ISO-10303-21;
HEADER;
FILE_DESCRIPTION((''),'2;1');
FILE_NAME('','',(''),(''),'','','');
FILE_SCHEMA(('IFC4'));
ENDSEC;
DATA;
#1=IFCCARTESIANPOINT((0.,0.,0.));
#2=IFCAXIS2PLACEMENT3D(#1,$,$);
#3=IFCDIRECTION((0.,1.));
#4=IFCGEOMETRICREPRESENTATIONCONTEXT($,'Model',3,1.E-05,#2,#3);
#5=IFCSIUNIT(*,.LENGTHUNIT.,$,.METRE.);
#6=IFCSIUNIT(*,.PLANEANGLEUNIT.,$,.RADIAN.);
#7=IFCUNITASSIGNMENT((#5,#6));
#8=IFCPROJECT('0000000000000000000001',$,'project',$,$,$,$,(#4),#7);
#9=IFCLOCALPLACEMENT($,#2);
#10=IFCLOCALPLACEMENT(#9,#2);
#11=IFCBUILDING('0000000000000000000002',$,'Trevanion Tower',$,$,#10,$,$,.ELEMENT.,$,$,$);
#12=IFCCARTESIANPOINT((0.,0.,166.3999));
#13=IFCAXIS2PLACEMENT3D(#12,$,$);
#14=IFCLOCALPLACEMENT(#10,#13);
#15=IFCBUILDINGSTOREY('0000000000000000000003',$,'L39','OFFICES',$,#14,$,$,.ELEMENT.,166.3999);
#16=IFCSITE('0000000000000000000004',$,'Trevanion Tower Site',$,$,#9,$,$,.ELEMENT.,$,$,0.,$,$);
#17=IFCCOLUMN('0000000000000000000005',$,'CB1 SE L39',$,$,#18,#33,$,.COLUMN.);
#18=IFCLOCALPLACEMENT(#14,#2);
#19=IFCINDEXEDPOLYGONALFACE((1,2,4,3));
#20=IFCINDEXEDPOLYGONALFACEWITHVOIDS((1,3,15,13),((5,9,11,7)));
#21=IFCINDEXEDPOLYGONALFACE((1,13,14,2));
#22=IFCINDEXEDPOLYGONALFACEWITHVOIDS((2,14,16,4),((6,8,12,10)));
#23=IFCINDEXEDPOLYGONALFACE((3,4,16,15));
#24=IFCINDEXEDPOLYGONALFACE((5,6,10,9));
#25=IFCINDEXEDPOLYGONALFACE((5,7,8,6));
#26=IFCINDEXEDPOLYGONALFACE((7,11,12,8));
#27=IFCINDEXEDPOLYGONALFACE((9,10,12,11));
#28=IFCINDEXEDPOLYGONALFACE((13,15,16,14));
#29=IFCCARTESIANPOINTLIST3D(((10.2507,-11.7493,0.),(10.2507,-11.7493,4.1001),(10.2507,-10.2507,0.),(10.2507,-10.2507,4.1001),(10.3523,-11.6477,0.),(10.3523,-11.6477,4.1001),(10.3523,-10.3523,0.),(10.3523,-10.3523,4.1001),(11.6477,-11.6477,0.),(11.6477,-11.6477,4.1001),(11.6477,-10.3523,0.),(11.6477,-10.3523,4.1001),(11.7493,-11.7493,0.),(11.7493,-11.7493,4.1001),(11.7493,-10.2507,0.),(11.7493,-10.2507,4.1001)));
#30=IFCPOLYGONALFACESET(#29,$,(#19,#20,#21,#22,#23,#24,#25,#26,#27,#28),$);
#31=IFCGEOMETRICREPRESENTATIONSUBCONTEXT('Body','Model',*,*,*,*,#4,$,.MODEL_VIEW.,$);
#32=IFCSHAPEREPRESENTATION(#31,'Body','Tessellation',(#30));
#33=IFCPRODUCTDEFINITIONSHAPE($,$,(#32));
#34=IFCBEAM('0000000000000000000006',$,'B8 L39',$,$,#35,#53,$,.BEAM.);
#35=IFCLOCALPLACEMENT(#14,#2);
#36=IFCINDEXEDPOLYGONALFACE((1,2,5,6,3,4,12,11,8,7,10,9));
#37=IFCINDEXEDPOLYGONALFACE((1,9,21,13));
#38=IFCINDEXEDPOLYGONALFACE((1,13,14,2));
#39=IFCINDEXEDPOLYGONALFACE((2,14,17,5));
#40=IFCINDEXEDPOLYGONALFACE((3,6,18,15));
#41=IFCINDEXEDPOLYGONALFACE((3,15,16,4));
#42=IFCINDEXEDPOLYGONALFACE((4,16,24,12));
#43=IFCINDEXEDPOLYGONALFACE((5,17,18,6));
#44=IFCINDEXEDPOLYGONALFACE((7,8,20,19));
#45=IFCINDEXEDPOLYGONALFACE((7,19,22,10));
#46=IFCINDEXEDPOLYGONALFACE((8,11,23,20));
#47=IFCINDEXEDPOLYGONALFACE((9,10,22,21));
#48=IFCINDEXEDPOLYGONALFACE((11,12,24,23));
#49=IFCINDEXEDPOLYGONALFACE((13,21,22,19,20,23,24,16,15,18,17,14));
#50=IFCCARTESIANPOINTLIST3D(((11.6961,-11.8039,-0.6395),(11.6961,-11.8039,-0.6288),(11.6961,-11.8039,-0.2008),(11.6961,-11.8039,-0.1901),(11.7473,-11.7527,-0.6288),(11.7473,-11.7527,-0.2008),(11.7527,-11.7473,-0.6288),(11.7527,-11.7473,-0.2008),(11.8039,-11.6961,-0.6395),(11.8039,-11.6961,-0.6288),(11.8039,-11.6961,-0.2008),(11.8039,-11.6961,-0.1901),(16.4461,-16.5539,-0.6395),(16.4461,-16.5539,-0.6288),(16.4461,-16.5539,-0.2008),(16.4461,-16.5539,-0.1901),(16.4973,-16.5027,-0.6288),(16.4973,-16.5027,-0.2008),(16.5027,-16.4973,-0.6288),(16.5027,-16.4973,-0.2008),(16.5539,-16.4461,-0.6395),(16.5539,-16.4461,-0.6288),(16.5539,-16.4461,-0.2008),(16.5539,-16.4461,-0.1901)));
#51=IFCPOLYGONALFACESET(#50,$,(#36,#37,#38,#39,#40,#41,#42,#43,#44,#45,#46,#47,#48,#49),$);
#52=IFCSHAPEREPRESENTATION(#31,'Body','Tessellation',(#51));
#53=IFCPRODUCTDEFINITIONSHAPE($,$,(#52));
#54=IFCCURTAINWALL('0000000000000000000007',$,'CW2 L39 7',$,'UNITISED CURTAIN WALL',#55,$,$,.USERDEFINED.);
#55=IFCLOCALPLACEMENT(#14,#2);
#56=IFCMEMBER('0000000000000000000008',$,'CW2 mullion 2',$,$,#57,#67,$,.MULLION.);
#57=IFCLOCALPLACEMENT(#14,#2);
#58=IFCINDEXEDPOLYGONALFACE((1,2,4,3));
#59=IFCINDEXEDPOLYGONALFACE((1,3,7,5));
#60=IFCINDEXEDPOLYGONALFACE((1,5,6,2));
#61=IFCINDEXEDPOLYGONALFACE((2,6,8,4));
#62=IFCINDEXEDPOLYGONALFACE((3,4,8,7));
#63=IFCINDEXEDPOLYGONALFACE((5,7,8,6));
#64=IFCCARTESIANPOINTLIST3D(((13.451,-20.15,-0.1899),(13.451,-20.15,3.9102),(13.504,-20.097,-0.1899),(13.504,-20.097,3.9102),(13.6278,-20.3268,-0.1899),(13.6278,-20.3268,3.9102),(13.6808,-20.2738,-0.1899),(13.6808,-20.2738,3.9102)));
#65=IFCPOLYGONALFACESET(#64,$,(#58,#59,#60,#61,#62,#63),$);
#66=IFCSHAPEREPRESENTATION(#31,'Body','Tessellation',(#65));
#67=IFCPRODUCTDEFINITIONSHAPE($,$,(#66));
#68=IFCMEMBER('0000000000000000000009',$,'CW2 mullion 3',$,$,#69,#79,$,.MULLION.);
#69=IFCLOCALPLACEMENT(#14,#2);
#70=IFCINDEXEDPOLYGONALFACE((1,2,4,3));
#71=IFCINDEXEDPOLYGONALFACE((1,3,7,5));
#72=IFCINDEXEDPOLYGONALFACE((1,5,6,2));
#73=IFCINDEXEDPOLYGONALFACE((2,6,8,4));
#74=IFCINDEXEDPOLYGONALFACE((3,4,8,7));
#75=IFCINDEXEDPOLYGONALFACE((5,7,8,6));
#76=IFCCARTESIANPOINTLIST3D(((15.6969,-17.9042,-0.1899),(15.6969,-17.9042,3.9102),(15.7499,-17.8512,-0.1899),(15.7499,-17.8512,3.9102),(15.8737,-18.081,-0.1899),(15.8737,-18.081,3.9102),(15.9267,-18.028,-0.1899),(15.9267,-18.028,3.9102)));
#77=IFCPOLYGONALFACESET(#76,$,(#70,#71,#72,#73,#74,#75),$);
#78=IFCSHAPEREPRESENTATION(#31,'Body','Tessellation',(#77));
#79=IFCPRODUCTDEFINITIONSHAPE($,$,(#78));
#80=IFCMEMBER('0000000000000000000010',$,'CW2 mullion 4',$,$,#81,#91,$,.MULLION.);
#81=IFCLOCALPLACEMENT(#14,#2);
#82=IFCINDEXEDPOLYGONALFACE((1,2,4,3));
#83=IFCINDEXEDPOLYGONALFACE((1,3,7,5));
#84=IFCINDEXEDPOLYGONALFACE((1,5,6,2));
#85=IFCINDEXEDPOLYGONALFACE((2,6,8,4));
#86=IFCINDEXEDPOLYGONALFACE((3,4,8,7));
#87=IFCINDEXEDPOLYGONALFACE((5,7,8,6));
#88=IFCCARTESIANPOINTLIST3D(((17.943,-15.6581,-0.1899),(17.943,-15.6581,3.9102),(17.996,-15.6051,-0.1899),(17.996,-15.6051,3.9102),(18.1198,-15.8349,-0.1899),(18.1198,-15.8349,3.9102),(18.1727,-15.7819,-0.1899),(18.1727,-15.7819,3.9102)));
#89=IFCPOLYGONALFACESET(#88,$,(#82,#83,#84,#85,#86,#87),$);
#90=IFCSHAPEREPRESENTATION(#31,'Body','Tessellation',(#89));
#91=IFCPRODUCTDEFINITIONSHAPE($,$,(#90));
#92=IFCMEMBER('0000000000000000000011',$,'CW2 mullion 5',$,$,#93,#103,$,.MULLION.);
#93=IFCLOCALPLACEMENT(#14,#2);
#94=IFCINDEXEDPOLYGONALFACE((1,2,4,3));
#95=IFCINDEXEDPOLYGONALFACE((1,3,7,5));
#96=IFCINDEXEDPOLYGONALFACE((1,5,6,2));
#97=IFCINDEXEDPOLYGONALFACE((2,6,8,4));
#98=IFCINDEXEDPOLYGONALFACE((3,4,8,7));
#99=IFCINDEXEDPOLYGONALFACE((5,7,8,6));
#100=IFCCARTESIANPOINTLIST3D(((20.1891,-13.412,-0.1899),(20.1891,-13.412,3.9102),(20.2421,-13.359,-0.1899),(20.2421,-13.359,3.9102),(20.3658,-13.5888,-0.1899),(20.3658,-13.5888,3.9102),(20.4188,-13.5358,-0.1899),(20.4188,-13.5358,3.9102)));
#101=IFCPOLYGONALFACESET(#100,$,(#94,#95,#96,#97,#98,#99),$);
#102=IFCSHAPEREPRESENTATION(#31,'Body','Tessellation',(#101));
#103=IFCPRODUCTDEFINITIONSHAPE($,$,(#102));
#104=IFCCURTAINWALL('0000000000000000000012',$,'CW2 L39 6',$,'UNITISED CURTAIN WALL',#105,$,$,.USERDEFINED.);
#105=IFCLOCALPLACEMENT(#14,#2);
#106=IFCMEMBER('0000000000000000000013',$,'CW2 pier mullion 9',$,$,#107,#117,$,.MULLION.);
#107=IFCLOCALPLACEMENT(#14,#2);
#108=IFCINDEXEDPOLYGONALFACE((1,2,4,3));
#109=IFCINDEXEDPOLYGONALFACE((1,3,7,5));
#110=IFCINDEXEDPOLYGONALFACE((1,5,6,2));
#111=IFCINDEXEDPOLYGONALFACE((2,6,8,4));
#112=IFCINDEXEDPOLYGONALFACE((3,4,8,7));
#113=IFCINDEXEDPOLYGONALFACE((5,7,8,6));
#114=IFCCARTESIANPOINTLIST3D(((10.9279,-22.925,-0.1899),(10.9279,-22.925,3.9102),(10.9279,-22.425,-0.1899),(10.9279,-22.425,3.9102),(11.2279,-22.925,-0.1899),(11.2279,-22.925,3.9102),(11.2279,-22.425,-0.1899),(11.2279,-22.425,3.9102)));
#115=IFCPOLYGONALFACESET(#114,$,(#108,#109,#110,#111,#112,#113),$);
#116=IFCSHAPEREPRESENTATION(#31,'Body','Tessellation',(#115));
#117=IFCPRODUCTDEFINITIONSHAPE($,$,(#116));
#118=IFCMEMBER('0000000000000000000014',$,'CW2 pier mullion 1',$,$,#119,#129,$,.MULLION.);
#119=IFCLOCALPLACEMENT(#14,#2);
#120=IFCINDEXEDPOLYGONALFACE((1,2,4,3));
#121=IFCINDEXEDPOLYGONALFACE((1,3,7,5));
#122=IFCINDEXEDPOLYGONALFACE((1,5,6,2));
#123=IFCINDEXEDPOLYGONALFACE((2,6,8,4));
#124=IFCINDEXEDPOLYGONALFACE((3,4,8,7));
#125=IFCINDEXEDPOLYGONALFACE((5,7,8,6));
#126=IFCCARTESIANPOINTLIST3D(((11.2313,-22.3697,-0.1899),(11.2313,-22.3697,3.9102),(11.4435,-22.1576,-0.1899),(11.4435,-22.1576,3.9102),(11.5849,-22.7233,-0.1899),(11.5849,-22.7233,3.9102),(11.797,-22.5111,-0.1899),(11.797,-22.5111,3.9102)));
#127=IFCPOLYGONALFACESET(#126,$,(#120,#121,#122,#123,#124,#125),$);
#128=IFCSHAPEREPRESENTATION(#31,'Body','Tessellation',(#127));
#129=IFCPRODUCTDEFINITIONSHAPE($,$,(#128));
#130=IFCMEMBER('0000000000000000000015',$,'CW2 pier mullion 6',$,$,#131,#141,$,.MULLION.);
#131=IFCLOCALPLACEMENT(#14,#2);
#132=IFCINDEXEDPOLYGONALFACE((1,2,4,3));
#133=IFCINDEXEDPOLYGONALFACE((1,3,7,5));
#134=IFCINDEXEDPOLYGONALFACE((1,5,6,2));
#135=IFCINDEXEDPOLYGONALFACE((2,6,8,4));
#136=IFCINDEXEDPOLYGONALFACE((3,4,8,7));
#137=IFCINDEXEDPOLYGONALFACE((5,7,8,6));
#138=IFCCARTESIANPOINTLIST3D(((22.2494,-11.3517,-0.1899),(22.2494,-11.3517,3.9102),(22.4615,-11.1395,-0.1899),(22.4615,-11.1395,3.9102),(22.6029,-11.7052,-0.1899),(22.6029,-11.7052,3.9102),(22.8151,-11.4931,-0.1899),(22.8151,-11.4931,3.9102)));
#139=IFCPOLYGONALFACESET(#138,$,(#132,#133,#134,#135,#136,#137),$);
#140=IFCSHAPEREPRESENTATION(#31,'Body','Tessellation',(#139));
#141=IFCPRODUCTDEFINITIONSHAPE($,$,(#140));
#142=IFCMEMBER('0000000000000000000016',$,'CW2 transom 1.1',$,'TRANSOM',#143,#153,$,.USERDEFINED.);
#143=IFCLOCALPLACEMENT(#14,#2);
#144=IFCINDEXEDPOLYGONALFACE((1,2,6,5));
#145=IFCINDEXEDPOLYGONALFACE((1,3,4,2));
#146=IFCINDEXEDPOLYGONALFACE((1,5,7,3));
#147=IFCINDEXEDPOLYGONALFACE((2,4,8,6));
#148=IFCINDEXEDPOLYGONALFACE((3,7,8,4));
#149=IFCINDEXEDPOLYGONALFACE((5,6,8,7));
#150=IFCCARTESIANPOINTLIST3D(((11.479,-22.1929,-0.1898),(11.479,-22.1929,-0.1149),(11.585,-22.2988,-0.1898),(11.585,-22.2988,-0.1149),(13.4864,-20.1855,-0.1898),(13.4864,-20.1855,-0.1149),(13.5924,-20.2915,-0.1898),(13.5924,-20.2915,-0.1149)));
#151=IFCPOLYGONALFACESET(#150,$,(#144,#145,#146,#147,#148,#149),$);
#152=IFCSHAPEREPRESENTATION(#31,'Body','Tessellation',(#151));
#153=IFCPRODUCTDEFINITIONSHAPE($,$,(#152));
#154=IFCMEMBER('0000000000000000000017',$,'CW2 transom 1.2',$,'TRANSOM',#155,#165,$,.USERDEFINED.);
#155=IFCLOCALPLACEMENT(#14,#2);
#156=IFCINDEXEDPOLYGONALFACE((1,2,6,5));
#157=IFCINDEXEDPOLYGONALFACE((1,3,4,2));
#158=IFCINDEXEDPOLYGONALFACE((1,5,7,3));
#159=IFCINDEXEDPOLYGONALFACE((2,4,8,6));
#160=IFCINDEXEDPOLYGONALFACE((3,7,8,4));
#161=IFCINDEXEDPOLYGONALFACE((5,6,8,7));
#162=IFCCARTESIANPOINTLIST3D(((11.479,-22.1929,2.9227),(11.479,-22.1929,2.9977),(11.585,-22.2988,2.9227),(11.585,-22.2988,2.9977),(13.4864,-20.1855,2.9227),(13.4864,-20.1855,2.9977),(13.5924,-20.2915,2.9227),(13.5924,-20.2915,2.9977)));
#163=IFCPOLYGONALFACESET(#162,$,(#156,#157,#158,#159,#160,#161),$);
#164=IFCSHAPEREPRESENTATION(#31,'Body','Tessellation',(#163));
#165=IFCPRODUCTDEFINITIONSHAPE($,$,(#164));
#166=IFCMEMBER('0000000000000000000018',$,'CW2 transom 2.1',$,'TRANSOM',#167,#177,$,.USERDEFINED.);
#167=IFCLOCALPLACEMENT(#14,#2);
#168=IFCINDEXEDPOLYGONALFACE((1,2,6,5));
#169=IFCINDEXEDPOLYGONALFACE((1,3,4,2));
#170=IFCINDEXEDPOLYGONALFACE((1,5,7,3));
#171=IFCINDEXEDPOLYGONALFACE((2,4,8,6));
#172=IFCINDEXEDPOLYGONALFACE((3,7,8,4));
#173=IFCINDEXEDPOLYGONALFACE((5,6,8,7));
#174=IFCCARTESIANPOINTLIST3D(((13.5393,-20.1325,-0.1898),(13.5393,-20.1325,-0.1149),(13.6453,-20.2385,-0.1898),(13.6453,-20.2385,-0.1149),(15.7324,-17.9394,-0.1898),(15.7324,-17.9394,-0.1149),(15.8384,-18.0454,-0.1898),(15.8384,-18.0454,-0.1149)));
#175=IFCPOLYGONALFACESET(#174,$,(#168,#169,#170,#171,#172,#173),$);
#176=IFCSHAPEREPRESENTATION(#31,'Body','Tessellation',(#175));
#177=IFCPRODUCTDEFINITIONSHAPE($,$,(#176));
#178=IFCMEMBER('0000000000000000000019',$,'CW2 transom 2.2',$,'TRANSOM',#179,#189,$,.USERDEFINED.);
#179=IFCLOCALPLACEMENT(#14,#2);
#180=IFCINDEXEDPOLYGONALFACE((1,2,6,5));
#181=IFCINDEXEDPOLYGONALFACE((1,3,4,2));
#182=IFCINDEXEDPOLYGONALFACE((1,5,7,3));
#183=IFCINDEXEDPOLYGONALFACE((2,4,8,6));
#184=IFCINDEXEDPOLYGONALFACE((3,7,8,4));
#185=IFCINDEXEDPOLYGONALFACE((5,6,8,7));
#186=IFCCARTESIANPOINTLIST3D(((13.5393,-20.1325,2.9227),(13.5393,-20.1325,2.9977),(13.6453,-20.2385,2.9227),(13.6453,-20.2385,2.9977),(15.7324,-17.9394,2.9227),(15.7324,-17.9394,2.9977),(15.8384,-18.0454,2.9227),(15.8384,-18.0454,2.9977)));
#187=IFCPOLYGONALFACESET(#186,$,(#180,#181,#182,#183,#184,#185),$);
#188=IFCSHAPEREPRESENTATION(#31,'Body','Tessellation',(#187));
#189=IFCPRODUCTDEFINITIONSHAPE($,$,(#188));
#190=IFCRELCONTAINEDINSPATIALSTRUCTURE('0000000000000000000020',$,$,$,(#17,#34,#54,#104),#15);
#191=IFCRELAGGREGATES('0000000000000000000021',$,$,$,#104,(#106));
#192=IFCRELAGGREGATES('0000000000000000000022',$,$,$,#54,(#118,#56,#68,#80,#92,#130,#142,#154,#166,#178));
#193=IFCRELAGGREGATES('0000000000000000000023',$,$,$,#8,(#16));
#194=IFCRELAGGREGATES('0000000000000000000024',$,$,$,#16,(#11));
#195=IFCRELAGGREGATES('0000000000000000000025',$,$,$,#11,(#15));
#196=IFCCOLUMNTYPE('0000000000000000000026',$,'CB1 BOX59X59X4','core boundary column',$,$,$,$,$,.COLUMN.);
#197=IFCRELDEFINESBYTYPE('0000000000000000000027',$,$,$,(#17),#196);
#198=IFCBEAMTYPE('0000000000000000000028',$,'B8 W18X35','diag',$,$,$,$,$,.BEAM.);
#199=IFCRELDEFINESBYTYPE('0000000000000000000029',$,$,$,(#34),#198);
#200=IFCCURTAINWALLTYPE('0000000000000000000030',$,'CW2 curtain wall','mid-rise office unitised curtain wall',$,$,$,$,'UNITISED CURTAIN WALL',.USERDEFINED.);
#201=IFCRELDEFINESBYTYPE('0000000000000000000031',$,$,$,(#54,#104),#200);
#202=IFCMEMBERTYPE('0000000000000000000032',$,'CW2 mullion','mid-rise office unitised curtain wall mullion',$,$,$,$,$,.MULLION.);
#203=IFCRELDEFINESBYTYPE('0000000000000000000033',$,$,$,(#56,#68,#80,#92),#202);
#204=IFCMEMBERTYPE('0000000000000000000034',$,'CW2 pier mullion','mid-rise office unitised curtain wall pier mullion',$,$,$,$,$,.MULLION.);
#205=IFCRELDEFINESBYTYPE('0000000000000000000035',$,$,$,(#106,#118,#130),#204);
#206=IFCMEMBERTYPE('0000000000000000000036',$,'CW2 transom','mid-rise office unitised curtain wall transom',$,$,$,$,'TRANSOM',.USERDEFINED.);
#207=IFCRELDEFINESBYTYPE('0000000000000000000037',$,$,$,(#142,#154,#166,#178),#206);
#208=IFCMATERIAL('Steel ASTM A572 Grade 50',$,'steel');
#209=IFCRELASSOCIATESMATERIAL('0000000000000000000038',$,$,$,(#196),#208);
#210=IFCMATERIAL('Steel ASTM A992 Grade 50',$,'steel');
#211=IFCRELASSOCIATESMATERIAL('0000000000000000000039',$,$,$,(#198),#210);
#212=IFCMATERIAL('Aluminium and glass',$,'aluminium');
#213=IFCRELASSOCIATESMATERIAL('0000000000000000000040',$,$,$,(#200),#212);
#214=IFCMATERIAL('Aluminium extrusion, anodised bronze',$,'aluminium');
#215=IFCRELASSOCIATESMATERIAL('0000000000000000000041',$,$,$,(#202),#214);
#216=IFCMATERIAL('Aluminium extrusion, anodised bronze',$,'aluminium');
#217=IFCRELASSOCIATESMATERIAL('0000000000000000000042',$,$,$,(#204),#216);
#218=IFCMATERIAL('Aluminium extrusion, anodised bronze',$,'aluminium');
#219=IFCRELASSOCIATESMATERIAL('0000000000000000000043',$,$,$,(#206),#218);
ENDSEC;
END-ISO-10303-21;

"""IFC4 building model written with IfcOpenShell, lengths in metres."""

from ifc_helpers import new_model, si_unit, direction, frame, origin, origin_2d, place, context, subcontext, project, spatial, rectangle, hollow_rectangle, i_section, extrude, material, material_profile, profile_set, type_object, element, aggregate, save


model = new_model("IFC4")

# Units and contexts
model_context = context("Model", 3, precision=1e-05, world=origin(), true_north=direction((0.0, 1.0)))
body_context = subcontext(model_context, "Body", "Model", "MODEL_VIEW")
ifc_project = project(units=[si_unit("LENGTHUNIT", "METRE"), si_unit("PLANEANGLEUNIT", "RADIAN")], contexts=[model_context])

# Site, building, storey
site_placement = place(None, origin())
site = spatial("IfcSite", under=ifc_project, at=site_placement, Name="Trevanion Tower Site", CompositionType="ELEMENT", RefElevation=0.0)
building_placement = place(site_placement, origin())
building = spatial("IfcBuilding", under=site, at=building_placement, Name="Trevanion Tower", CompositionType="ELEMENT")
storey_placement = place(building_placement, frame((0.0, 0.0, 166.3999)))
storey = spatial("IfcBuildingStorey", under=building, at=storey_placement, Name="L39", Description="OFFICES", CompositionType="ELEMENT", Elevation=166.3999)

# Column
ifc_material_1 = material(Name="Steel ASTM A572 Grade 50", Category="steel")
ifc_material_profile_1 = material_profile(ifc_material_1, hollow_rectangle(XDim=1.4985, YDim=1.4985, WallThickness=0.1016, at=origin_2d()), Name="BOX59X59X4")
ifc_profile_set_1 = profile_set([ifc_material_profile_1], Name="Steel ASTM A572 Grade 50")
column_type = type_object("IfcColumnType", Name="CB1 BOX59X59X4", Description="core boundary column", PredefinedType="COLUMN", material=ifc_profile_set_1)
column_placement = place(storey_placement, frame((11.0, -11.0, 0.0), z_axis=(0.0, 0.0, 1.0), x_axis=(1.0, 0.0, 0.0)))
element("IfcColumn", 1, at=column_placement, inside=storey, type_object=column_type, Name="CB1 SE L39", PredefinedType="COLUMN", context=body_context, shape_type="SweptSolid", body=[
    extrude(hollow_rectangle(XDim=1.4985, YDim=1.4985, WallThickness=0.1016, at=origin_2d()), origin(), (0.0, 0.0, 1.0), 4.1001),
])

# Beam
ifc_material_2 = material(Name="Steel ASTM A992 Grade 50", Category="steel")
ifc_material_profile_2 = material_profile(ifc_material_2, i_section(OverallWidth=0.1523, OverallDepth=0.4495, WebThickness=0.0076, FlangeThickness=0.0107, at=origin_2d()), Name="W18X35")
ifc_profile_set_2 = profile_set([ifc_material_profile_2], Name="Steel ASTM A992 Grade 50")
beam_type = type_object("IfcBeamType", Name="B8 W18X35", Description="diag", PredefinedType="BEAM", material=ifc_profile_set_2)
beam_placement = place(storey_placement, frame((11.75, -11.75, -0.4148), z_axis=(0.707107, -0.707107, 0.0), x_axis=(0.707107, 0.707107, 0.0)))
element("IfcBeam", 2, at=beam_placement, inside=storey, type_object=beam_type, Name="B8 L39", PredefinedType="BEAM", context=body_context, shape_type="SweptSolid", body=[
    extrude(i_section(OverallWidth=0.1523, OverallDepth=0.4495, WebThickness=0.0076, FlangeThickness=0.0107, at=origin_2d()), origin(), (0.0, 0.0, 1.0), 6.7175),
])

# Curtain wall, members
ifc_material_3 = material(Name="Aluminium and glass", Category="aluminium")
curtain_wall_type = type_object("IfcCurtainWallType", Name="CW2 curtain wall", Description="mid-rise office unitised curtain wall", ElementType="UNITISED CURTAIN WALL", PredefinedType="USERDEFINED", material=ifc_material_3)
curtain_wall_1_placement = place(storey_placement, origin())
curtain_wall_1 = element("IfcCurtainWall", 3, at=curtain_wall_1_placement, inside=storey, type_object=curtain_wall_type, Name="CW2 L39 7", ObjectType="UNITISED CURTAIN WALL", PredefinedType="USERDEFINED")
ifc_material_4 = material(Name="Aluminium extrusion, anodised bronze", Category="aluminium")
ifc_material_profile_3 = material_profile(ifc_material_4, rectangle(XDim=0.075, YDim=0.25, at=origin_2d()), Name="CW2 mullion")
ifc_profile_set_3 = profile_set([ifc_material_profile_3], Name="Aluminium extrusion, anodised bronze")
member_type_1 = type_object("IfcMemberType", Name="CW2 mullion", Description="mid-rise office unitised curtain wall mullion", PredefinedType="MULLION", material=ifc_profile_set_3)
member_1_placement = place(storey_placement, frame((13.5659, -20.2119, -0.1899), z_axis=(0.0, 0.0, 1.0), x_axis=(0.707107, 0.707107, 0.0)))
member_1 = element("IfcMember", 4, at=member_1_placement, type_object=member_type_1, Name="CW2 mullion 2", PredefinedType="MULLION", context=body_context, shape_type="SweptSolid", body=[
    extrude(rectangle(XDim=0.075, YDim=0.25, at=origin_2d()), origin(), (0.0, 0.0, 1.0), 4.1001),
])
member_2_placement = place(storey_placement, frame((15.8118, -17.9661, -0.1899), z_axis=(0.0, 0.0, 1.0), x_axis=(0.707107, 0.707107, 0.0)))
member_2 = element("IfcMember", 5, at=member_2_placement, type_object=member_type_1, Name="CW2 mullion 3", PredefinedType="MULLION", context=body_context, shape_type="SweptSolid", body=[
    extrude(rectangle(XDim=0.075, YDim=0.25, at=origin_2d()), origin(), (0.0, 0.0, 1.0), 4.1001),
])
member_3_placement = place(storey_placement, frame((18.0579, -15.72, -0.1899), z_axis=(0.0, 0.0, 1.0), x_axis=(0.707107, 0.707107, 0.0)))
member_3 = element("IfcMember", 6, at=member_3_placement, type_object=member_type_1, Name="CW2 mullion 4", PredefinedType="MULLION", context=body_context, shape_type="SweptSolid", body=[
    extrude(rectangle(XDim=0.075, YDim=0.25, at=origin_2d()), origin(), (0.0, 0.0, 1.0), 4.1001),
])
member_4_placement = place(storey_placement, frame((20.304, -13.4739, -0.1899), z_axis=(0.0, 0.0, 1.0), x_axis=(0.707107, 0.707107, 0.0)))
member_4 = element("IfcMember", 7, at=member_4_placement, type_object=member_type_1, Name="CW2 mullion 5", PredefinedType="MULLION", context=body_context, shape_type="SweptSolid", body=[
    extrude(rectangle(XDim=0.075, YDim=0.25, at=origin_2d()), origin(), (0.0, 0.0, 1.0), 4.1001),
])

# Curtain wall, member
curtain_wall_2_placement = place(storey_placement, origin())
curtain_wall_2 = element("IfcCurtainWall", 8, at=curtain_wall_2_placement, inside=storey, type_object=curtain_wall_type, Name="CW2 L39 6", ObjectType="UNITISED CURTAIN WALL", PredefinedType="USERDEFINED")
ifc_material_5 = material(Name="Aluminium extrusion, anodised bronze", Category="aluminium")
ifc_material_profile_4 = material_profile(ifc_material_5, rectangle(XDim=0.3, YDim=0.5, at=origin_2d()), Name="CW2 pier mullion")
ifc_profile_set_4 = profile_set([ifc_material_profile_4], Name="Aluminium extrusion, anodised bronze")
member_type_2 = type_object("IfcMemberType", Name="CW2 pier mullion", Description="mid-rise office unitised curtain wall pier mullion", PredefinedType="MULLION", material=ifc_profile_set_4)
member_5_placement = place(storey_placement, frame((11.0779, -22.675, -0.1899), z_axis=(0.0, 0.0, 1.0), x_axis=(1.0, 0.0, 0.0)))
member_5 = element("IfcMember", 9, at=member_5_placement, type_object=member_type_2, Name="CW2 pier mullion 9", PredefinedType="MULLION", context=body_context, shape_type="SweptSolid", body=[
    extrude(rectangle(XDim=0.3, YDim=0.5, at=origin_2d()), origin(), (0.0, 0.0, 1.0), 4.1001),
])
aggregate(curtain_wall_2, [member_5])

# Members
member_6_placement = place(storey_placement, frame((11.5142, -22.4404, -0.1899), z_axis=(0.0, 0.0, 1.0), x_axis=(0.707107, 0.707107, 0.0)))
member_6 = element("IfcMember", 10, at=member_6_placement, type_object=member_type_2, Name="CW2 pier mullion 1", PredefinedType="MULLION", context=body_context, shape_type="SweptSolid", body=[
    extrude(rectangle(XDim=0.3, YDim=0.5, at=origin_2d()), origin(), (0.0, 0.0, 1.0), 4.1001),
])
member_7_placement = place(storey_placement, frame((22.5322, -11.4224, -0.1899), z_axis=(0.0, 0.0, 1.0), x_axis=(0.707107, 0.707107, 0.0)))
member_7 = element("IfcMember", 11, at=member_7_placement, type_object=member_type_2, Name="CW2 pier mullion 6", PredefinedType="MULLION", context=body_context, shape_type="SweptSolid", body=[
    extrude(rectangle(XDim=0.3, YDim=0.5, at=origin_2d()), origin(), (0.0, 0.0, 1.0), 4.1001),
])
ifc_material_6 = material(Name="Aluminium extrusion, anodised bronze", Category="aluminium")
ifc_material_profile_5 = material_profile(ifc_material_6, rectangle(XDim=0.1499, YDim=0.075, at=origin_2d()), Name="CW2 transom")
ifc_profile_set_5 = profile_set([ifc_material_profile_5], Name="Aluminium extrusion, anodised bronze")
member_type_3 = type_object("IfcMemberType", Name="CW2 transom", Description="mid-rise office unitised curtain wall transom", ElementType="TRANSOM", PredefinedType="USERDEFINED", material=ifc_profile_set_5)
member_8_placement = place(storey_placement, frame((11.532, -22.2458, -0.1523), z_axis=(0.707107, 0.707107, 0.0), x_axis=(-0.707107, 0.707107, 0.0)))
member_8 = element("IfcMember", 12, at=member_8_placement, type_object=member_type_3, Name="CW2 transom 1.1", ObjectType="TRANSOM", PredefinedType="USERDEFINED", context=body_context, shape_type="SweptSolid", body=[
    extrude(rectangle(XDim=0.1499, YDim=0.075, at=origin_2d()), origin(), (0.0, 0.0, 1.0), 2.8389),
])
member_9_placement = place(storey_placement, frame((11.532, -22.2458, 2.9602), z_axis=(0.707107, 0.707107, 0.0), x_axis=(-0.707107, 0.707107, 0.0)))
member_9 = element("IfcMember", 13, at=member_9_placement, type_object=member_type_3, Name="CW2 transom 1.2", ObjectType="TRANSOM", PredefinedType="USERDEFINED", context=body_context, shape_type="SweptSolid", body=[
    extrude(rectangle(XDim=0.1499, YDim=0.075, at=origin_2d()), origin(), (0.0, 0.0, 1.0), 2.8389),
])
member_10_placement = place(storey_placement, frame((13.5923, -20.1855, -0.1523), z_axis=(0.707107, 0.707107, 0.0), x_axis=(-0.707107, 0.707107, 0.0)))
member_10 = element("IfcMember", 14, at=member_10_placement, type_object=member_type_3, Name="CW2 transom 2.1", ObjectType="TRANSOM", PredefinedType="USERDEFINED", context=body_context, shape_type="SweptSolid", body=[
    extrude(rectangle(XDim=0.1499, YDim=0.075, at=origin_2d()), origin(), (0.0, 0.0, 1.0), 3.1016),
])
member_11_placement = place(storey_placement, frame((13.5923, -20.1855, 2.9602), z_axis=(0.707107, 0.707107, 0.0), x_axis=(-0.707107, 0.707107, 0.0)))
member_11 = element("IfcMember", 15, at=member_11_placement, type_object=member_type_3, Name="CW2 transom 2.2", ObjectType="TRANSOM", PredefinedType="USERDEFINED", context=body_context, shape_type="SweptSolid", body=[
    extrude(rectangle(XDim=0.1499, YDim=0.075, at=origin_2d()), origin(), (0.0, 0.0, 1.0), 3.1016),
])

aggregate(curtain_wall_1, [member_6, member_1, member_2, member_3, member_4, member_7, member_8, member_9, member_10, member_11])

save(model, "model.ifc")
